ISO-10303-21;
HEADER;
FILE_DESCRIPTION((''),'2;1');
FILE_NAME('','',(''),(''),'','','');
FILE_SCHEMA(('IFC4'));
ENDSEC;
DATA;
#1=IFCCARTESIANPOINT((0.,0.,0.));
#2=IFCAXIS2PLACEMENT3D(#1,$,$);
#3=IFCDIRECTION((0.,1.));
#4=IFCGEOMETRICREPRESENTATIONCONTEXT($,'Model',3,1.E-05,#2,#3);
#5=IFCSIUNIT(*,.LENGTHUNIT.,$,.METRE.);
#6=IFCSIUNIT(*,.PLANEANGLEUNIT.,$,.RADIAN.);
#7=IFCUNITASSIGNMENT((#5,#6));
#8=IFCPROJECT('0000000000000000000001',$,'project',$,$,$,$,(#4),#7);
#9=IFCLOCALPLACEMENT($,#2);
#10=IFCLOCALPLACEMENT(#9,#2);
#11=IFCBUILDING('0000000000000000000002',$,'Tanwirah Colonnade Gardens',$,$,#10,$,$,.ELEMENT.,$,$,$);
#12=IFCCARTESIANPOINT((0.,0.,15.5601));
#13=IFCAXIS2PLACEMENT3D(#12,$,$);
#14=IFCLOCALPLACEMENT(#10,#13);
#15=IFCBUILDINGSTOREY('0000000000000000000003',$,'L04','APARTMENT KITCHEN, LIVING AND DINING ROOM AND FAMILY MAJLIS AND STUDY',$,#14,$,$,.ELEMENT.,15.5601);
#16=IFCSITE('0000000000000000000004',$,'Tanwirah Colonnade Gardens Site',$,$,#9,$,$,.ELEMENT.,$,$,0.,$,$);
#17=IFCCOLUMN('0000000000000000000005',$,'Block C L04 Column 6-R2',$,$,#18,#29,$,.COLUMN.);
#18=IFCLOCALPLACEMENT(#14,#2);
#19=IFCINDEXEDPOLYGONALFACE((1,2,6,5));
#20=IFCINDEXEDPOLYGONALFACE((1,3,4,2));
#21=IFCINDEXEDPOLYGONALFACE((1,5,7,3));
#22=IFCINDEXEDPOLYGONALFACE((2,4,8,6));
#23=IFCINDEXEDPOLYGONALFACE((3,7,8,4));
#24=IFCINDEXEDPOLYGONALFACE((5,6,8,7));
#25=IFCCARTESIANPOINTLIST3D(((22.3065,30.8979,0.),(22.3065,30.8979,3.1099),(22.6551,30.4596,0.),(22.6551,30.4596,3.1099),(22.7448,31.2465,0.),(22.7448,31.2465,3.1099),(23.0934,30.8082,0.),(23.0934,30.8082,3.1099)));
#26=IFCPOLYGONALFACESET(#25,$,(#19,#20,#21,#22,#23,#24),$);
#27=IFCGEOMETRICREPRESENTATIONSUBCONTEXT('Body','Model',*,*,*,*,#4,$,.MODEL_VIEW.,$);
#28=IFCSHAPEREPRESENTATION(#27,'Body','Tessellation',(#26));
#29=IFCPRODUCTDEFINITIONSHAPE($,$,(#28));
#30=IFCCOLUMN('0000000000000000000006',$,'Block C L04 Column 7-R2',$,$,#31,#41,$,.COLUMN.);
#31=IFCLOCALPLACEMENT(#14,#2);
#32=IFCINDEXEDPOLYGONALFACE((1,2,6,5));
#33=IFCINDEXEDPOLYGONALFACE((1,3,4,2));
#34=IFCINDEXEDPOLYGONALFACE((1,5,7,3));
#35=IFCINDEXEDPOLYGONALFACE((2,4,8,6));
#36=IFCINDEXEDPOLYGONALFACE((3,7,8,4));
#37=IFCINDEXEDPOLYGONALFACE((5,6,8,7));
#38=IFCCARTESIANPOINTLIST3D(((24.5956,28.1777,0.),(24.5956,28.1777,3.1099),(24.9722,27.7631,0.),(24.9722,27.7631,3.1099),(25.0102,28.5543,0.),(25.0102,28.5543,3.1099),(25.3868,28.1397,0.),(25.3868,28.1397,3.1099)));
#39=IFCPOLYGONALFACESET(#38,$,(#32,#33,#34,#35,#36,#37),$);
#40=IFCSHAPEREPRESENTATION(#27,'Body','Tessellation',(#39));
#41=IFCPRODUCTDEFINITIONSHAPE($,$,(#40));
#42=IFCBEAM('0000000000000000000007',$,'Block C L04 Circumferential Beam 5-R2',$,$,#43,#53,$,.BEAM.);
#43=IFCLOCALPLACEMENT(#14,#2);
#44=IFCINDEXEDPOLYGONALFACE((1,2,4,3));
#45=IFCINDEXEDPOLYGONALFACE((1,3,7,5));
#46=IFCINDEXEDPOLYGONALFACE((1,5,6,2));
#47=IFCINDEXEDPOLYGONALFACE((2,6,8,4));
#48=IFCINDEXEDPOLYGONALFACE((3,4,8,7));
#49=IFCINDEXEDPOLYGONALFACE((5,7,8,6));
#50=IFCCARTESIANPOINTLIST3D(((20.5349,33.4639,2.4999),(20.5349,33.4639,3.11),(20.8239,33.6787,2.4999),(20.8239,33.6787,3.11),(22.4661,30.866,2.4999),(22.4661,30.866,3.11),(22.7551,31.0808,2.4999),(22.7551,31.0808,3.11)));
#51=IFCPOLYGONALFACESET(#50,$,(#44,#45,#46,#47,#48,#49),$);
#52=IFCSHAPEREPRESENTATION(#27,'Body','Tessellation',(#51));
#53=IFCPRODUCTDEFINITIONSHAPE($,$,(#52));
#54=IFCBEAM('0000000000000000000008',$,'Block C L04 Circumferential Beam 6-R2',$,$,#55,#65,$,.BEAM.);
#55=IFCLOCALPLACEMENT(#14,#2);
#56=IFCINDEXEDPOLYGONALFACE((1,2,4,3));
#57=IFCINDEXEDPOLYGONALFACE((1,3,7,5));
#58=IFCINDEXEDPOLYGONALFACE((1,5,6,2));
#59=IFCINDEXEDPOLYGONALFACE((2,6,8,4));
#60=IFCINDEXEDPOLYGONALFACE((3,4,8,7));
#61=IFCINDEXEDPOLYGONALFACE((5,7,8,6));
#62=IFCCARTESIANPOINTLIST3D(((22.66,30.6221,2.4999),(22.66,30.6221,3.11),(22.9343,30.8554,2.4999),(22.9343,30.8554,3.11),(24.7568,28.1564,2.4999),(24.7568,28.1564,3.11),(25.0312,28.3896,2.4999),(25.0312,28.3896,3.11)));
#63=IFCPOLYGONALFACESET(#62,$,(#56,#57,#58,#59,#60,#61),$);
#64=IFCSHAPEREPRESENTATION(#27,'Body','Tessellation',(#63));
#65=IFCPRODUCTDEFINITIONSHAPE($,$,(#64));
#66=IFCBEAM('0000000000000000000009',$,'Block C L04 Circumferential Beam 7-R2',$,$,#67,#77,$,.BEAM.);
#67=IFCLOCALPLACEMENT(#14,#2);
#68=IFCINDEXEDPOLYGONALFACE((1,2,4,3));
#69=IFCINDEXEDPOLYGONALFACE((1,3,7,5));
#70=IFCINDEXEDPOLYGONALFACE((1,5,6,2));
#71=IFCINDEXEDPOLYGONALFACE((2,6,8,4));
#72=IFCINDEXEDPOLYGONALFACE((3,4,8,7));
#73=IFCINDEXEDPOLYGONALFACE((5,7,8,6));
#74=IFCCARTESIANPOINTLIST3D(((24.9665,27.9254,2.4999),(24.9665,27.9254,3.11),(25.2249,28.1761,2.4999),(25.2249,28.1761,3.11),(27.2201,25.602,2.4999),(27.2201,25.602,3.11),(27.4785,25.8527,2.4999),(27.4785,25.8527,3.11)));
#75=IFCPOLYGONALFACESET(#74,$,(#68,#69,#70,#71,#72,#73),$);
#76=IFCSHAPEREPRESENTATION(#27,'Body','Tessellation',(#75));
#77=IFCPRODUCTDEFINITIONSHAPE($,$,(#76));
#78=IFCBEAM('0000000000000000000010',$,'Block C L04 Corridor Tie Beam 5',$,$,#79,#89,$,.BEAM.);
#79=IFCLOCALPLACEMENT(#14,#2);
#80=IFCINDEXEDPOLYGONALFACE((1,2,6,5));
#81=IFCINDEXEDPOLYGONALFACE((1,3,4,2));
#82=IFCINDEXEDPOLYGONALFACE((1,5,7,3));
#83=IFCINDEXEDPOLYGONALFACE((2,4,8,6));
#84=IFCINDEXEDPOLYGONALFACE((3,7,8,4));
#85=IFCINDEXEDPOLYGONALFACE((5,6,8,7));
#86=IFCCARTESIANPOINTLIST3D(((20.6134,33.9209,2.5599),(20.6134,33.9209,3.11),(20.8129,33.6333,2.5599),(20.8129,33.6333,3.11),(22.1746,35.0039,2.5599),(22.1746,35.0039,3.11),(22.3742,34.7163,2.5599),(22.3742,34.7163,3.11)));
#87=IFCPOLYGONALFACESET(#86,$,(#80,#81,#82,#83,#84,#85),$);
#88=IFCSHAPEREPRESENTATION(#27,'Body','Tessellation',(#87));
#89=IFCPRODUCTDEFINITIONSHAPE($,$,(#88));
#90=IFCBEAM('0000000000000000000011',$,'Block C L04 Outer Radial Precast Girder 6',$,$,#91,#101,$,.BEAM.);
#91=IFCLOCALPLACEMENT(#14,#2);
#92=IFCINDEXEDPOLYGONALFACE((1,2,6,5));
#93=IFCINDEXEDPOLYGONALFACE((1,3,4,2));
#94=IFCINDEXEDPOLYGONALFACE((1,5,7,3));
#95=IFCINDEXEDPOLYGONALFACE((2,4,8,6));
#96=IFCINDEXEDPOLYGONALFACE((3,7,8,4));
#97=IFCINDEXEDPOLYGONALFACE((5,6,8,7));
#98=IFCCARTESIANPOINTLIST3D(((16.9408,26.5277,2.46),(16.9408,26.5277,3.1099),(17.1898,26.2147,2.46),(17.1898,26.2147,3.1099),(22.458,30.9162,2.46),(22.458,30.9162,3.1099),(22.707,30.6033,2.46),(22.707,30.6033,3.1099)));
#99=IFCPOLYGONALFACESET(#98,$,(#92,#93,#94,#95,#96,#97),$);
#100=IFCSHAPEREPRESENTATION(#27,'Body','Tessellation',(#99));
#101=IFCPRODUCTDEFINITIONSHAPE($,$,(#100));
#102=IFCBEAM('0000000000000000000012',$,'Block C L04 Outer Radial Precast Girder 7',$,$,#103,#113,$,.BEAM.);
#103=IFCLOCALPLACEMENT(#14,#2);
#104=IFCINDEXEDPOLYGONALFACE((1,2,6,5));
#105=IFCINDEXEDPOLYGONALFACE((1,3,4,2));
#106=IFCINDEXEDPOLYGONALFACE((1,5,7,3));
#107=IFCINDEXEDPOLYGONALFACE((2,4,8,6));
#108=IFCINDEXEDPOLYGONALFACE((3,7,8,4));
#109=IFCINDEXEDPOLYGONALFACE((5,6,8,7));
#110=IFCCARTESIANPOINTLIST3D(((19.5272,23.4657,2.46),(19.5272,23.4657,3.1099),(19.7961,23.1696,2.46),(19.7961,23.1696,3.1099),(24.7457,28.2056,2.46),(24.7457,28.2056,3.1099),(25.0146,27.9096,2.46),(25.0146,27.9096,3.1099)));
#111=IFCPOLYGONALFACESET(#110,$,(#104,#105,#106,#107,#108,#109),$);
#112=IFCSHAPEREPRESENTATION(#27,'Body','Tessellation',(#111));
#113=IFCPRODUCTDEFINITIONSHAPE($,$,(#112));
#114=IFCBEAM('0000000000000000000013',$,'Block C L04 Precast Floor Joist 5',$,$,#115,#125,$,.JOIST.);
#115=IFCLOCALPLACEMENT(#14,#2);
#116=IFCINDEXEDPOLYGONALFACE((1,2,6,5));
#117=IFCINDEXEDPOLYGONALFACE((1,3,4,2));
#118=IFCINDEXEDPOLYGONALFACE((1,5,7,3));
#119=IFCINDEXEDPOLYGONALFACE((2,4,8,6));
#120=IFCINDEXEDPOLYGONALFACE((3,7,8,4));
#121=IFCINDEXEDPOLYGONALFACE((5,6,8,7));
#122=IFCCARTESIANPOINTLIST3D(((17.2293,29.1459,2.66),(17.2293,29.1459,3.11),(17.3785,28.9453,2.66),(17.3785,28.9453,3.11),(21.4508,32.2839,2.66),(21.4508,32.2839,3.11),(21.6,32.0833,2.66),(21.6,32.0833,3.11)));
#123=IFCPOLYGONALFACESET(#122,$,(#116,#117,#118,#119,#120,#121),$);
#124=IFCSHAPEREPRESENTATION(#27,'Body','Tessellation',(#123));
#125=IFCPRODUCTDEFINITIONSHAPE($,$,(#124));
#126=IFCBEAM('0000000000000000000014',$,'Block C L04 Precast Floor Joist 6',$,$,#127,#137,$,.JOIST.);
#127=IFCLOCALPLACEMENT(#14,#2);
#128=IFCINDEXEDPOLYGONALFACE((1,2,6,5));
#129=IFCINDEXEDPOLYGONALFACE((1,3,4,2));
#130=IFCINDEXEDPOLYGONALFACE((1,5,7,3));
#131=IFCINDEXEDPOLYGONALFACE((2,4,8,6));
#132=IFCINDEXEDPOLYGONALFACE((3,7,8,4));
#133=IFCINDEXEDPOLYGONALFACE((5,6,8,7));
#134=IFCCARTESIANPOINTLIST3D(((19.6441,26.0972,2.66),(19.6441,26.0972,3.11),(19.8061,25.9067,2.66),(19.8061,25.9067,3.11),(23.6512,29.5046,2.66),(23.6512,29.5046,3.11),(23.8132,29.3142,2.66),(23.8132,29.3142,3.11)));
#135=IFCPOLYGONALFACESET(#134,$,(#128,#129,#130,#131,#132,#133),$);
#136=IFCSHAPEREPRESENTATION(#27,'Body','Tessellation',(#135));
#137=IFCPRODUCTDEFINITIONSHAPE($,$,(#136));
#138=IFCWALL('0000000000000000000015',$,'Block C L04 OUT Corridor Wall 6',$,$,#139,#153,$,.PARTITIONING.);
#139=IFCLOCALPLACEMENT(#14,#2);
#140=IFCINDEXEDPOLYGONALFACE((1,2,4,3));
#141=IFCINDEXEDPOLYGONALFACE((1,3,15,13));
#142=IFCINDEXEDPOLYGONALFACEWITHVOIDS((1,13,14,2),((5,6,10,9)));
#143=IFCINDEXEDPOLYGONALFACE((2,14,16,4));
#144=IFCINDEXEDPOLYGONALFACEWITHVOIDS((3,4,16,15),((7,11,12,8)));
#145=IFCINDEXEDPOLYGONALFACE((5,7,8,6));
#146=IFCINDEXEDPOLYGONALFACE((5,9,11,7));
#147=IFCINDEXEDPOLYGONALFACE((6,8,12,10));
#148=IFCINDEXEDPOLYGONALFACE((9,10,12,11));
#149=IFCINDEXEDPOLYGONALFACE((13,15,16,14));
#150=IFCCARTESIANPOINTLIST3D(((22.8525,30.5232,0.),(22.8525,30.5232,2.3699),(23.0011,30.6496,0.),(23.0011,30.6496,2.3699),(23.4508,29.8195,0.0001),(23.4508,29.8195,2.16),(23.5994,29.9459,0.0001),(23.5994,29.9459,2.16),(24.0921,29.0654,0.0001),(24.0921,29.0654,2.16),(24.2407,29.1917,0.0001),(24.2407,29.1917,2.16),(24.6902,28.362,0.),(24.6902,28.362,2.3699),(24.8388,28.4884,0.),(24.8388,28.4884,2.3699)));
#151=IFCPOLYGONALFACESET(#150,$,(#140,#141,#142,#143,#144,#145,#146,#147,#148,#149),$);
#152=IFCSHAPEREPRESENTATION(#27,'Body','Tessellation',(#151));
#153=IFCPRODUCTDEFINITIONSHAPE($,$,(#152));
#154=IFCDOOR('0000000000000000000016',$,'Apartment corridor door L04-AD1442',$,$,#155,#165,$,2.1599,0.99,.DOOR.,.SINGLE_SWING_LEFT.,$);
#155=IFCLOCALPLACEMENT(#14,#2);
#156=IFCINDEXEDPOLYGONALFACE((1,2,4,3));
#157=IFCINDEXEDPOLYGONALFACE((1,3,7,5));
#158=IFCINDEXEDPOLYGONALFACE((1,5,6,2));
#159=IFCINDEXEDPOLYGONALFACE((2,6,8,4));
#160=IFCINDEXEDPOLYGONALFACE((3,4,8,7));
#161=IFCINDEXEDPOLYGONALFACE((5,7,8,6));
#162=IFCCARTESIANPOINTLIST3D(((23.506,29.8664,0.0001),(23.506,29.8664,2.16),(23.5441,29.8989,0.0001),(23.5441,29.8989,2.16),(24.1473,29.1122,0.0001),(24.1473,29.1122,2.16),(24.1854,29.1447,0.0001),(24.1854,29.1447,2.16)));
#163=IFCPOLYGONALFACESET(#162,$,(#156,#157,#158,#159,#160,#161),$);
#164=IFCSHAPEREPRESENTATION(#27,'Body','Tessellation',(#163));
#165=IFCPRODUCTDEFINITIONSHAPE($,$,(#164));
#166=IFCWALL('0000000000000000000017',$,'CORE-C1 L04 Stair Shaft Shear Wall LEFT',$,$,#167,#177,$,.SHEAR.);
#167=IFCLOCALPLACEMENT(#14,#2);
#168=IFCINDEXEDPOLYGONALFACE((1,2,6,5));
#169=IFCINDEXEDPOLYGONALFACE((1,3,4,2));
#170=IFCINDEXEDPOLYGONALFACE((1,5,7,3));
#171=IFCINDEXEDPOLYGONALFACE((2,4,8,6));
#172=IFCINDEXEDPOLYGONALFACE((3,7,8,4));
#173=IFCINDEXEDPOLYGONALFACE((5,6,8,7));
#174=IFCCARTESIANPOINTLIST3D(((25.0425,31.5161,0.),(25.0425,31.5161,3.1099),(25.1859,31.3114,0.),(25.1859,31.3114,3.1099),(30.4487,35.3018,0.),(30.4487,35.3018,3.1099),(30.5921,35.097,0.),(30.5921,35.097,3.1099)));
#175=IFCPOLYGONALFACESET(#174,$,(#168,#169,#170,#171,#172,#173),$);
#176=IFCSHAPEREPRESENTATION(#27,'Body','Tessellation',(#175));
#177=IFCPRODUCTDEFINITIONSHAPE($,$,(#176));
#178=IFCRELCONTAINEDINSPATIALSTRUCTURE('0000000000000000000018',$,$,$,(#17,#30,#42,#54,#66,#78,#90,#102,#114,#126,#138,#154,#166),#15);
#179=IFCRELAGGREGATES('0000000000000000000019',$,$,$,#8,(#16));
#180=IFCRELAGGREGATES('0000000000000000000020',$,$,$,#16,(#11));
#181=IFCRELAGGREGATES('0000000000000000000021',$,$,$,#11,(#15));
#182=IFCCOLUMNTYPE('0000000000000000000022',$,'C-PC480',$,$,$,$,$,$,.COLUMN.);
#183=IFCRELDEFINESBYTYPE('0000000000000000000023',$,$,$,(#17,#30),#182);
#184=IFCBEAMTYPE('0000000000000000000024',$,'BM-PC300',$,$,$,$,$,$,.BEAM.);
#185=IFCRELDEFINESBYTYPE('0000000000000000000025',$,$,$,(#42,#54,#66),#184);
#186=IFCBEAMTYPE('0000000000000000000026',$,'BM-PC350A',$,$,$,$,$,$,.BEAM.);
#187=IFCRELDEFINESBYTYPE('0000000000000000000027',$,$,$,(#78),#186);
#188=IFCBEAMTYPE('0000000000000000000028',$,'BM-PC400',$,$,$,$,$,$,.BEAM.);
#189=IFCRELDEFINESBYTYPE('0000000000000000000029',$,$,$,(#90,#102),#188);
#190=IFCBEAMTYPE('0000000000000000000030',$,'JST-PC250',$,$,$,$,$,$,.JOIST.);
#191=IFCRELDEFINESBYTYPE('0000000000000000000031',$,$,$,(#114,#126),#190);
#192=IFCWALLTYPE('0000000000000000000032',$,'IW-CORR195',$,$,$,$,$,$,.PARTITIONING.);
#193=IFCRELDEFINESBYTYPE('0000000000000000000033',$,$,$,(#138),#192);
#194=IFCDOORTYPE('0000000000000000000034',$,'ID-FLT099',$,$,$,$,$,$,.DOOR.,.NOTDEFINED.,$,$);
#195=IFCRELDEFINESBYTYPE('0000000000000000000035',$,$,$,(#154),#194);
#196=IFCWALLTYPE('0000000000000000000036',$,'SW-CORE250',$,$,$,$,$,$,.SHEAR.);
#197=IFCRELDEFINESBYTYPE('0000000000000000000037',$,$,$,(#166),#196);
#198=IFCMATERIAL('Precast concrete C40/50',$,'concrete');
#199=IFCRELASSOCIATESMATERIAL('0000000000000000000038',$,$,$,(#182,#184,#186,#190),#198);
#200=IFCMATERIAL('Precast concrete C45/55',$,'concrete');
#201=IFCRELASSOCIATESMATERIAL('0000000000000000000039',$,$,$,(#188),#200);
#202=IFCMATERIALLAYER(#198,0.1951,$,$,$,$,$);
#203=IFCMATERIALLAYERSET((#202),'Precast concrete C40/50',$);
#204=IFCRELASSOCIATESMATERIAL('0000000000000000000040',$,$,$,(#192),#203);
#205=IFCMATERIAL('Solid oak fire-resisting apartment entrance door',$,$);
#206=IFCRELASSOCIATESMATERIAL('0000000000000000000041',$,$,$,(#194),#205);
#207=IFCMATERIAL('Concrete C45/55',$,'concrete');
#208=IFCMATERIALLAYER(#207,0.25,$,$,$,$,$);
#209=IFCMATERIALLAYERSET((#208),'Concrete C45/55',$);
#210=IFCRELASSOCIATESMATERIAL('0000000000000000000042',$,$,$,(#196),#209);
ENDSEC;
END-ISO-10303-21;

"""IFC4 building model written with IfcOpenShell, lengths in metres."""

from ifc_helpers import new_model, si_unit, direction, frame, frame_2d, origin, origin_2d, place, context, subcontext, project, spatial, rectangle, extrude, material, layer, layer_set, material_profile, profile_set, type_object, element, fill, save


model = new_model("IFC4")

# Units and contexts
model_context = context("Model", 3, precision=1e-05, world=origin(), true_north=direction((0.0, 1.0)))
body_context = subcontext(model_context, "Body", "Model", "MODEL_VIEW")
ifc_project = project(units=[si_unit("LENGTHUNIT", "METRE"), si_unit("PLANEANGLEUNIT", "RADIAN")], contexts=[model_context])

# Site, building, storey
site_placement = place(None, origin())
site = spatial("IfcSite", under=ifc_project, at=site_placement, Name="Tanwirah Colonnade Gardens Site", CompositionType="ELEMENT", RefElevation=0.0)
building_placement = place(site_placement, origin())
building = spatial("IfcBuilding", under=site, at=building_placement, Name="Tanwirah Colonnade Gardens", CompositionType="ELEMENT")
storey_placement = place(building_placement, frame((0.0, 0.0, 15.5601)))
storey = spatial("IfcBuildingStorey", under=building, at=storey_placement, Name="L04", Description="APARTMENT KITCHEN, LIVING AND DINING ROOM AND FAMILY MAJLIS AND STUDY", CompositionType="ELEMENT", Elevation=15.5601)

# Columns
ifc_material_1 = material(Name="Precast concrete C40/50", Category="concrete")
ifc_material_profile_1 = material_profile(ifc_material_1, rectangle(XDim=0.5601, YDim=0.5601, at=origin_2d()), Name="PC-COL 560x560")
ifc_profile_set_1 = profile_set([ifc_material_profile_1], Name="Precast concrete C40/50")
column_type = type_object("IfcColumnType", Name="C-PC480", PredefinedType="COLUMN", material=ifc_profile_set_1)
for number, where, z_axis, x_axis, name in (
    (1, (22.7, 30.853, 0.0), (0.0, 0.0, 1.0), (-0.782608, -0.622515, 0.0), "Block C L04 Column 6-R2"),
    (2, (24.9912, 28.1587, 0.0), (0.0, 0.0, 1.0), (-0.740218, -0.672367, 0.0), "Block C L04 Column 7-R2"),
):
    element("IfcColumn", number, at=place(storey_placement, frame(where, z_axis=z_axis, x_axis=x_axis)), inside=storey, type_object=column_type, Name=name, PredefinedType="COLUMN", context=body_context, shape_type="SweptSolid", body=[
        extrude(rectangle(XDim=0.5601, YDim=0.5601, at=origin_2d()), origin(), (0.0, 0.0, 1.0), 3.1099),
    ])

# Beams
ifc_material_profile_2 = material_profile(ifc_material_1, rectangle(XDim=0.3601, YDim=0.6101, at=origin_2d()), Name="PC-BM 360x610")
ifc_profile_set_2 = profile_set([ifc_material_profile_2], Name="Precast concrete C40/50")
beam_type_1 = type_object("IfcBeamType", Name="BM-PC300", PredefinedType="BEAM", material=ifc_profile_set_2)
beam_1_placement = place(storey_placement, frame((20.6794, 33.5713, 2.8049), z_axis=(0.596579, -0.802554, 0.0), x_axis=(0.802554, 0.596579, 0.0)))
element("IfcBeam", 3, at=beam_1_placement, inside=storey, type_object=beam_type_1, Name="Block C L04 Circumferential Beam 5-R2", PredefinedType="BEAM", context=body_context, shape_type="SweptSolid", body=[
    extrude(rectangle(XDim=0.3601, YDim=0.6101, at=origin_2d()), origin(), (0.0, 0.0, 1.0), 3.2371),
])
for number, where, z_axis, x_axis, name in (
    (4, (22.7971, 30.7388, 2.8049), (0.647824, -0.76179, 0.0), (0.76179, 0.647824, 0.0), "Block C L04 Circumferential Beam 6-R2"),
    (5, (25.0957, 28.0508, 2.8049), (0.696239, -0.71781, 0.0), (0.71781, 0.696239, 0.0), "Block C L04 Circumferential Beam 7-R2"),
):
    element("IfcBeam", number, at=place(storey_placement, frame(where, z_axis=z_axis, x_axis=x_axis)), inside=storey, type_object=beam_type_1, Name=name, PredefinedType="BEAM", context=body_context, shape_type="SweptSolid", body=[
        extrude(rectangle(XDim=0.3601, YDim=0.6101, at=origin_2d()), origin(), (0.0, 0.0, 1.0), 3.2368),
    ])
ifc_material_profile_3 = material_profile(ifc_material_1, rectangle(XDim=0.3501, YDim=0.55, at=origin_2d()), Name="PC-BM 350x550")
ifc_profile_set_3 = profile_set([ifc_material_profile_3], Name="Precast concrete C40/50")
beam_type_2 = type_object("IfcBeamType", Name="BM-PC350A", PredefinedType="BEAM", material=ifc_profile_set_3)
beam_2_placement = place(storey_placement, frame((22.2744, 34.8601, 2.835), z_axis=(-0.821669, -0.569965, 0.0), x_axis=(0.569965, -0.821669, 0.0)))
element("IfcBeam", 6, at=beam_2_placement, inside=storey, type_object=beam_type_2, Name="Block C L04 Corridor Tie Beam 5", PredefinedType="BEAM", context=body_context, shape_type="SweptSolid", body=[
    extrude(rectangle(XDim=0.3501, YDim=0.55, at=origin_2d()), origin(), (0.0, 0.0, 1.0), 1.9001),
])
ifc_material_2 = material(Name="Precast concrete C45/55", Category="concrete")
ifc_material_profile_4 = material_profile(ifc_material_2, rectangle(XDim=0.3999, YDim=0.6499, at=origin_2d()), Name="PC-BM 400x650")
ifc_profile_set_4 = profile_set([ifc_material_profile_4], Name="Precast concrete C45/55")
beam_type_3 = type_object("IfcBeamType", Name="BM-PC400", PredefinedType="BEAM", material=ifc_profile_set_4)
for number, where, z_axis, x_axis, name in (
    (7, (22.5825, 30.7598, 2.7849), (-0.782609, -0.622513, 0.0), (0.622513, -0.782609, 0.0), "Block C L04 Outer Radial Precast Girder 6"),
    (8, (24.8801, 28.0576, 2.7849), (-0.74023, -0.672354, 0.0), (0.672354, -0.74023, 0.0), "Block C L04 Outer Radial Precast Girder 7"),
):
    element("IfcBeam", number, at=place(storey_placement, frame(where, z_axis=z_axis, x_axis=x_axis)), inside=storey, type_object=beam_type_3, Name=name, PredefinedType="BEAM", context=body_context, shape_type="SweptSolid", body=[
        extrude(rectangle(XDim=0.3999, YDim=0.6499, at=origin_2d()), origin(), (0.0, 0.0, 1.0), 7.0498),
    ])
ifc_material_profile_5 = material_profile(ifc_material_1, rectangle(XDim=0.25, YDim=0.45, at=origin_2d()), Name="PC-JST 250x450")
ifc_profile_set_5 = profile_set([ifc_material_profile_5], Name="Precast concrete C40/50")
beam_type_4 = type_object("IfcBeamType", Name="JST-PC250", PredefinedType="JOIST", material=ifc_profile_set_5)
for number, where, z_axis, x_axis, name in (
    (9, (21.5254, 32.1836, 2.885), (-0.80256, -0.596571, 0.0), (0.596571, -0.80256, 0.0), "Block C L04 Precast Floor Joist 5"),
    (10, (23.7322, 29.4094, 2.885), (-0.761803, -0.647809, 0.0), (0.647809, -0.761803, 0.0), "Block C L04 Precast Floor Joist 6"),
):
    element("IfcBeam", number, at=place(storey_placement, frame(where, z_axis=z_axis, x_axis=x_axis)), inside=storey, type_object=beam_type_4, Name=name, PredefinedType="JOIST", context=body_context, shape_type="SweptSolid", body=[
        extrude(rectangle(XDim=0.25, YDim=0.45, at=origin_2d()), origin(), (0.0, 0.0, 1.0), 5.26),
    ])

# Wall, opening, door
ifc_layer_1 = layer(ifc_material_1, 0.1951)
ifc_layer_set_1 = layer_set([ifc_layer_1], Name="Precast concrete C40/50")
wall_type_1 = type_object("IfcWallType", Name="IW-CORR195", PredefinedType="PARTITIONING", material=ifc_layer_set_1)
ifc_material_3 = material(Name="Solid oak fire-resisting apartment entrance door")
wall_1_placement = place(storey_placement, frame((22.9268, 30.5864, 0.0), z_axis=(0.0, 0.0, 1.0), x_axis=(0.647788, -0.76182, 0.0)))
wall_1 = element("IfcWall", 11, at=wall_1_placement, inside=storey, type_object=wall_type_1, Name="Block C L04 OUT Corridor Wall 6", PredefinedType="PARTITIONING", context=body_context, shape_type="SweptSolid", body=[
    extrude(rectangle(XDim=2.8369, YDim=0.1951, at=frame_2d((1.4185, 0.0))), origin(), (0.0, 0.0, 1.0), 2.3699),
])
opening_1_placement = place(wall_1_placement, frame((0.9236, 0.0, 0.0)))
opening_1 = element("IfcOpeningElement", 12, at=opening_1_placement, cuts=wall_1, PredefinedType="OPENING", context=body_context, shape_type="SweptSolid", body=[
    extrude(rectangle(XDim=0.99, YDim=2.1599, at=frame_2d((0.4951, 1.0801))), frame((0.0, 0.1074, 0.0), z_axis=(0.0, -1.0, 0.0), x_axis=(1.0, 0.0, 0.0)), (0.0, 0.0, 1.0), 0.2151),
])
door_type_1 = type_object("IfcDoorType", Name="ID-FLT099", OperationType="NOTDEFINED", PredefinedType="DOOR", material=ifc_material_3)
door_1_placement = place(opening_1_placement, origin())
door_1 = element("IfcDoor", 13, at=door_1_placement, inside=storey, type_object=door_type_1, Name="Apartment corridor door L04-AD1442", OperationType="SINGLE_SWING_LEFT", OverallHeight=2.1599, OverallWidth=0.99, PredefinedType="DOOR", context=body_context, shape_type="SweptSolid", body=[
    extrude(rectangle(XDim=0.99, YDim=2.1599, at=frame_2d((0.4951, 1.0801))), frame((0.0, 0.0249, 0.0), z_axis=(0.0, -1.0, 0.0), x_axis=(1.0, 0.0, 0.0)), (0.0, 0.0, 1.0), 0.05),
])
fill(opening_1, door_1)

# Wall
ifc_material_4 = material(Name="Concrete C45/55", Category="concrete")
ifc_layer_2 = layer(ifc_material_4, 0.25)
ifc_layer_set_2 = layer_set([ifc_layer_2], Name="Concrete C45/55")
wall_type_2 = type_object("IfcWallType", Name="SW-CORE250", PredefinedType="SHEAR", material=ifc_layer_set_2)
wall_2_placement = place(storey_placement, frame((25.1143, 31.4138, 0.0), z_axis=(0.0, 0.0, 1.0), x_axis=(0.819142, 0.573591, 0.0)))
element("IfcWall", 14, at=wall_2_placement, inside=storey, type_object=wall_type_2, Name="CORE-C1 L04 Stair Shaft Shear Wall LEFT", PredefinedType="SHEAR", context=body_context, shape_type="SweptSolid", body=[
    extrude(rectangle(XDim=6.5999, YDim=0.25, at=frame_2d((3.2998, 0.0))), origin(), (0.0, 0.0, 1.0), 3.1099),
])

save(model, "model.ifc")
